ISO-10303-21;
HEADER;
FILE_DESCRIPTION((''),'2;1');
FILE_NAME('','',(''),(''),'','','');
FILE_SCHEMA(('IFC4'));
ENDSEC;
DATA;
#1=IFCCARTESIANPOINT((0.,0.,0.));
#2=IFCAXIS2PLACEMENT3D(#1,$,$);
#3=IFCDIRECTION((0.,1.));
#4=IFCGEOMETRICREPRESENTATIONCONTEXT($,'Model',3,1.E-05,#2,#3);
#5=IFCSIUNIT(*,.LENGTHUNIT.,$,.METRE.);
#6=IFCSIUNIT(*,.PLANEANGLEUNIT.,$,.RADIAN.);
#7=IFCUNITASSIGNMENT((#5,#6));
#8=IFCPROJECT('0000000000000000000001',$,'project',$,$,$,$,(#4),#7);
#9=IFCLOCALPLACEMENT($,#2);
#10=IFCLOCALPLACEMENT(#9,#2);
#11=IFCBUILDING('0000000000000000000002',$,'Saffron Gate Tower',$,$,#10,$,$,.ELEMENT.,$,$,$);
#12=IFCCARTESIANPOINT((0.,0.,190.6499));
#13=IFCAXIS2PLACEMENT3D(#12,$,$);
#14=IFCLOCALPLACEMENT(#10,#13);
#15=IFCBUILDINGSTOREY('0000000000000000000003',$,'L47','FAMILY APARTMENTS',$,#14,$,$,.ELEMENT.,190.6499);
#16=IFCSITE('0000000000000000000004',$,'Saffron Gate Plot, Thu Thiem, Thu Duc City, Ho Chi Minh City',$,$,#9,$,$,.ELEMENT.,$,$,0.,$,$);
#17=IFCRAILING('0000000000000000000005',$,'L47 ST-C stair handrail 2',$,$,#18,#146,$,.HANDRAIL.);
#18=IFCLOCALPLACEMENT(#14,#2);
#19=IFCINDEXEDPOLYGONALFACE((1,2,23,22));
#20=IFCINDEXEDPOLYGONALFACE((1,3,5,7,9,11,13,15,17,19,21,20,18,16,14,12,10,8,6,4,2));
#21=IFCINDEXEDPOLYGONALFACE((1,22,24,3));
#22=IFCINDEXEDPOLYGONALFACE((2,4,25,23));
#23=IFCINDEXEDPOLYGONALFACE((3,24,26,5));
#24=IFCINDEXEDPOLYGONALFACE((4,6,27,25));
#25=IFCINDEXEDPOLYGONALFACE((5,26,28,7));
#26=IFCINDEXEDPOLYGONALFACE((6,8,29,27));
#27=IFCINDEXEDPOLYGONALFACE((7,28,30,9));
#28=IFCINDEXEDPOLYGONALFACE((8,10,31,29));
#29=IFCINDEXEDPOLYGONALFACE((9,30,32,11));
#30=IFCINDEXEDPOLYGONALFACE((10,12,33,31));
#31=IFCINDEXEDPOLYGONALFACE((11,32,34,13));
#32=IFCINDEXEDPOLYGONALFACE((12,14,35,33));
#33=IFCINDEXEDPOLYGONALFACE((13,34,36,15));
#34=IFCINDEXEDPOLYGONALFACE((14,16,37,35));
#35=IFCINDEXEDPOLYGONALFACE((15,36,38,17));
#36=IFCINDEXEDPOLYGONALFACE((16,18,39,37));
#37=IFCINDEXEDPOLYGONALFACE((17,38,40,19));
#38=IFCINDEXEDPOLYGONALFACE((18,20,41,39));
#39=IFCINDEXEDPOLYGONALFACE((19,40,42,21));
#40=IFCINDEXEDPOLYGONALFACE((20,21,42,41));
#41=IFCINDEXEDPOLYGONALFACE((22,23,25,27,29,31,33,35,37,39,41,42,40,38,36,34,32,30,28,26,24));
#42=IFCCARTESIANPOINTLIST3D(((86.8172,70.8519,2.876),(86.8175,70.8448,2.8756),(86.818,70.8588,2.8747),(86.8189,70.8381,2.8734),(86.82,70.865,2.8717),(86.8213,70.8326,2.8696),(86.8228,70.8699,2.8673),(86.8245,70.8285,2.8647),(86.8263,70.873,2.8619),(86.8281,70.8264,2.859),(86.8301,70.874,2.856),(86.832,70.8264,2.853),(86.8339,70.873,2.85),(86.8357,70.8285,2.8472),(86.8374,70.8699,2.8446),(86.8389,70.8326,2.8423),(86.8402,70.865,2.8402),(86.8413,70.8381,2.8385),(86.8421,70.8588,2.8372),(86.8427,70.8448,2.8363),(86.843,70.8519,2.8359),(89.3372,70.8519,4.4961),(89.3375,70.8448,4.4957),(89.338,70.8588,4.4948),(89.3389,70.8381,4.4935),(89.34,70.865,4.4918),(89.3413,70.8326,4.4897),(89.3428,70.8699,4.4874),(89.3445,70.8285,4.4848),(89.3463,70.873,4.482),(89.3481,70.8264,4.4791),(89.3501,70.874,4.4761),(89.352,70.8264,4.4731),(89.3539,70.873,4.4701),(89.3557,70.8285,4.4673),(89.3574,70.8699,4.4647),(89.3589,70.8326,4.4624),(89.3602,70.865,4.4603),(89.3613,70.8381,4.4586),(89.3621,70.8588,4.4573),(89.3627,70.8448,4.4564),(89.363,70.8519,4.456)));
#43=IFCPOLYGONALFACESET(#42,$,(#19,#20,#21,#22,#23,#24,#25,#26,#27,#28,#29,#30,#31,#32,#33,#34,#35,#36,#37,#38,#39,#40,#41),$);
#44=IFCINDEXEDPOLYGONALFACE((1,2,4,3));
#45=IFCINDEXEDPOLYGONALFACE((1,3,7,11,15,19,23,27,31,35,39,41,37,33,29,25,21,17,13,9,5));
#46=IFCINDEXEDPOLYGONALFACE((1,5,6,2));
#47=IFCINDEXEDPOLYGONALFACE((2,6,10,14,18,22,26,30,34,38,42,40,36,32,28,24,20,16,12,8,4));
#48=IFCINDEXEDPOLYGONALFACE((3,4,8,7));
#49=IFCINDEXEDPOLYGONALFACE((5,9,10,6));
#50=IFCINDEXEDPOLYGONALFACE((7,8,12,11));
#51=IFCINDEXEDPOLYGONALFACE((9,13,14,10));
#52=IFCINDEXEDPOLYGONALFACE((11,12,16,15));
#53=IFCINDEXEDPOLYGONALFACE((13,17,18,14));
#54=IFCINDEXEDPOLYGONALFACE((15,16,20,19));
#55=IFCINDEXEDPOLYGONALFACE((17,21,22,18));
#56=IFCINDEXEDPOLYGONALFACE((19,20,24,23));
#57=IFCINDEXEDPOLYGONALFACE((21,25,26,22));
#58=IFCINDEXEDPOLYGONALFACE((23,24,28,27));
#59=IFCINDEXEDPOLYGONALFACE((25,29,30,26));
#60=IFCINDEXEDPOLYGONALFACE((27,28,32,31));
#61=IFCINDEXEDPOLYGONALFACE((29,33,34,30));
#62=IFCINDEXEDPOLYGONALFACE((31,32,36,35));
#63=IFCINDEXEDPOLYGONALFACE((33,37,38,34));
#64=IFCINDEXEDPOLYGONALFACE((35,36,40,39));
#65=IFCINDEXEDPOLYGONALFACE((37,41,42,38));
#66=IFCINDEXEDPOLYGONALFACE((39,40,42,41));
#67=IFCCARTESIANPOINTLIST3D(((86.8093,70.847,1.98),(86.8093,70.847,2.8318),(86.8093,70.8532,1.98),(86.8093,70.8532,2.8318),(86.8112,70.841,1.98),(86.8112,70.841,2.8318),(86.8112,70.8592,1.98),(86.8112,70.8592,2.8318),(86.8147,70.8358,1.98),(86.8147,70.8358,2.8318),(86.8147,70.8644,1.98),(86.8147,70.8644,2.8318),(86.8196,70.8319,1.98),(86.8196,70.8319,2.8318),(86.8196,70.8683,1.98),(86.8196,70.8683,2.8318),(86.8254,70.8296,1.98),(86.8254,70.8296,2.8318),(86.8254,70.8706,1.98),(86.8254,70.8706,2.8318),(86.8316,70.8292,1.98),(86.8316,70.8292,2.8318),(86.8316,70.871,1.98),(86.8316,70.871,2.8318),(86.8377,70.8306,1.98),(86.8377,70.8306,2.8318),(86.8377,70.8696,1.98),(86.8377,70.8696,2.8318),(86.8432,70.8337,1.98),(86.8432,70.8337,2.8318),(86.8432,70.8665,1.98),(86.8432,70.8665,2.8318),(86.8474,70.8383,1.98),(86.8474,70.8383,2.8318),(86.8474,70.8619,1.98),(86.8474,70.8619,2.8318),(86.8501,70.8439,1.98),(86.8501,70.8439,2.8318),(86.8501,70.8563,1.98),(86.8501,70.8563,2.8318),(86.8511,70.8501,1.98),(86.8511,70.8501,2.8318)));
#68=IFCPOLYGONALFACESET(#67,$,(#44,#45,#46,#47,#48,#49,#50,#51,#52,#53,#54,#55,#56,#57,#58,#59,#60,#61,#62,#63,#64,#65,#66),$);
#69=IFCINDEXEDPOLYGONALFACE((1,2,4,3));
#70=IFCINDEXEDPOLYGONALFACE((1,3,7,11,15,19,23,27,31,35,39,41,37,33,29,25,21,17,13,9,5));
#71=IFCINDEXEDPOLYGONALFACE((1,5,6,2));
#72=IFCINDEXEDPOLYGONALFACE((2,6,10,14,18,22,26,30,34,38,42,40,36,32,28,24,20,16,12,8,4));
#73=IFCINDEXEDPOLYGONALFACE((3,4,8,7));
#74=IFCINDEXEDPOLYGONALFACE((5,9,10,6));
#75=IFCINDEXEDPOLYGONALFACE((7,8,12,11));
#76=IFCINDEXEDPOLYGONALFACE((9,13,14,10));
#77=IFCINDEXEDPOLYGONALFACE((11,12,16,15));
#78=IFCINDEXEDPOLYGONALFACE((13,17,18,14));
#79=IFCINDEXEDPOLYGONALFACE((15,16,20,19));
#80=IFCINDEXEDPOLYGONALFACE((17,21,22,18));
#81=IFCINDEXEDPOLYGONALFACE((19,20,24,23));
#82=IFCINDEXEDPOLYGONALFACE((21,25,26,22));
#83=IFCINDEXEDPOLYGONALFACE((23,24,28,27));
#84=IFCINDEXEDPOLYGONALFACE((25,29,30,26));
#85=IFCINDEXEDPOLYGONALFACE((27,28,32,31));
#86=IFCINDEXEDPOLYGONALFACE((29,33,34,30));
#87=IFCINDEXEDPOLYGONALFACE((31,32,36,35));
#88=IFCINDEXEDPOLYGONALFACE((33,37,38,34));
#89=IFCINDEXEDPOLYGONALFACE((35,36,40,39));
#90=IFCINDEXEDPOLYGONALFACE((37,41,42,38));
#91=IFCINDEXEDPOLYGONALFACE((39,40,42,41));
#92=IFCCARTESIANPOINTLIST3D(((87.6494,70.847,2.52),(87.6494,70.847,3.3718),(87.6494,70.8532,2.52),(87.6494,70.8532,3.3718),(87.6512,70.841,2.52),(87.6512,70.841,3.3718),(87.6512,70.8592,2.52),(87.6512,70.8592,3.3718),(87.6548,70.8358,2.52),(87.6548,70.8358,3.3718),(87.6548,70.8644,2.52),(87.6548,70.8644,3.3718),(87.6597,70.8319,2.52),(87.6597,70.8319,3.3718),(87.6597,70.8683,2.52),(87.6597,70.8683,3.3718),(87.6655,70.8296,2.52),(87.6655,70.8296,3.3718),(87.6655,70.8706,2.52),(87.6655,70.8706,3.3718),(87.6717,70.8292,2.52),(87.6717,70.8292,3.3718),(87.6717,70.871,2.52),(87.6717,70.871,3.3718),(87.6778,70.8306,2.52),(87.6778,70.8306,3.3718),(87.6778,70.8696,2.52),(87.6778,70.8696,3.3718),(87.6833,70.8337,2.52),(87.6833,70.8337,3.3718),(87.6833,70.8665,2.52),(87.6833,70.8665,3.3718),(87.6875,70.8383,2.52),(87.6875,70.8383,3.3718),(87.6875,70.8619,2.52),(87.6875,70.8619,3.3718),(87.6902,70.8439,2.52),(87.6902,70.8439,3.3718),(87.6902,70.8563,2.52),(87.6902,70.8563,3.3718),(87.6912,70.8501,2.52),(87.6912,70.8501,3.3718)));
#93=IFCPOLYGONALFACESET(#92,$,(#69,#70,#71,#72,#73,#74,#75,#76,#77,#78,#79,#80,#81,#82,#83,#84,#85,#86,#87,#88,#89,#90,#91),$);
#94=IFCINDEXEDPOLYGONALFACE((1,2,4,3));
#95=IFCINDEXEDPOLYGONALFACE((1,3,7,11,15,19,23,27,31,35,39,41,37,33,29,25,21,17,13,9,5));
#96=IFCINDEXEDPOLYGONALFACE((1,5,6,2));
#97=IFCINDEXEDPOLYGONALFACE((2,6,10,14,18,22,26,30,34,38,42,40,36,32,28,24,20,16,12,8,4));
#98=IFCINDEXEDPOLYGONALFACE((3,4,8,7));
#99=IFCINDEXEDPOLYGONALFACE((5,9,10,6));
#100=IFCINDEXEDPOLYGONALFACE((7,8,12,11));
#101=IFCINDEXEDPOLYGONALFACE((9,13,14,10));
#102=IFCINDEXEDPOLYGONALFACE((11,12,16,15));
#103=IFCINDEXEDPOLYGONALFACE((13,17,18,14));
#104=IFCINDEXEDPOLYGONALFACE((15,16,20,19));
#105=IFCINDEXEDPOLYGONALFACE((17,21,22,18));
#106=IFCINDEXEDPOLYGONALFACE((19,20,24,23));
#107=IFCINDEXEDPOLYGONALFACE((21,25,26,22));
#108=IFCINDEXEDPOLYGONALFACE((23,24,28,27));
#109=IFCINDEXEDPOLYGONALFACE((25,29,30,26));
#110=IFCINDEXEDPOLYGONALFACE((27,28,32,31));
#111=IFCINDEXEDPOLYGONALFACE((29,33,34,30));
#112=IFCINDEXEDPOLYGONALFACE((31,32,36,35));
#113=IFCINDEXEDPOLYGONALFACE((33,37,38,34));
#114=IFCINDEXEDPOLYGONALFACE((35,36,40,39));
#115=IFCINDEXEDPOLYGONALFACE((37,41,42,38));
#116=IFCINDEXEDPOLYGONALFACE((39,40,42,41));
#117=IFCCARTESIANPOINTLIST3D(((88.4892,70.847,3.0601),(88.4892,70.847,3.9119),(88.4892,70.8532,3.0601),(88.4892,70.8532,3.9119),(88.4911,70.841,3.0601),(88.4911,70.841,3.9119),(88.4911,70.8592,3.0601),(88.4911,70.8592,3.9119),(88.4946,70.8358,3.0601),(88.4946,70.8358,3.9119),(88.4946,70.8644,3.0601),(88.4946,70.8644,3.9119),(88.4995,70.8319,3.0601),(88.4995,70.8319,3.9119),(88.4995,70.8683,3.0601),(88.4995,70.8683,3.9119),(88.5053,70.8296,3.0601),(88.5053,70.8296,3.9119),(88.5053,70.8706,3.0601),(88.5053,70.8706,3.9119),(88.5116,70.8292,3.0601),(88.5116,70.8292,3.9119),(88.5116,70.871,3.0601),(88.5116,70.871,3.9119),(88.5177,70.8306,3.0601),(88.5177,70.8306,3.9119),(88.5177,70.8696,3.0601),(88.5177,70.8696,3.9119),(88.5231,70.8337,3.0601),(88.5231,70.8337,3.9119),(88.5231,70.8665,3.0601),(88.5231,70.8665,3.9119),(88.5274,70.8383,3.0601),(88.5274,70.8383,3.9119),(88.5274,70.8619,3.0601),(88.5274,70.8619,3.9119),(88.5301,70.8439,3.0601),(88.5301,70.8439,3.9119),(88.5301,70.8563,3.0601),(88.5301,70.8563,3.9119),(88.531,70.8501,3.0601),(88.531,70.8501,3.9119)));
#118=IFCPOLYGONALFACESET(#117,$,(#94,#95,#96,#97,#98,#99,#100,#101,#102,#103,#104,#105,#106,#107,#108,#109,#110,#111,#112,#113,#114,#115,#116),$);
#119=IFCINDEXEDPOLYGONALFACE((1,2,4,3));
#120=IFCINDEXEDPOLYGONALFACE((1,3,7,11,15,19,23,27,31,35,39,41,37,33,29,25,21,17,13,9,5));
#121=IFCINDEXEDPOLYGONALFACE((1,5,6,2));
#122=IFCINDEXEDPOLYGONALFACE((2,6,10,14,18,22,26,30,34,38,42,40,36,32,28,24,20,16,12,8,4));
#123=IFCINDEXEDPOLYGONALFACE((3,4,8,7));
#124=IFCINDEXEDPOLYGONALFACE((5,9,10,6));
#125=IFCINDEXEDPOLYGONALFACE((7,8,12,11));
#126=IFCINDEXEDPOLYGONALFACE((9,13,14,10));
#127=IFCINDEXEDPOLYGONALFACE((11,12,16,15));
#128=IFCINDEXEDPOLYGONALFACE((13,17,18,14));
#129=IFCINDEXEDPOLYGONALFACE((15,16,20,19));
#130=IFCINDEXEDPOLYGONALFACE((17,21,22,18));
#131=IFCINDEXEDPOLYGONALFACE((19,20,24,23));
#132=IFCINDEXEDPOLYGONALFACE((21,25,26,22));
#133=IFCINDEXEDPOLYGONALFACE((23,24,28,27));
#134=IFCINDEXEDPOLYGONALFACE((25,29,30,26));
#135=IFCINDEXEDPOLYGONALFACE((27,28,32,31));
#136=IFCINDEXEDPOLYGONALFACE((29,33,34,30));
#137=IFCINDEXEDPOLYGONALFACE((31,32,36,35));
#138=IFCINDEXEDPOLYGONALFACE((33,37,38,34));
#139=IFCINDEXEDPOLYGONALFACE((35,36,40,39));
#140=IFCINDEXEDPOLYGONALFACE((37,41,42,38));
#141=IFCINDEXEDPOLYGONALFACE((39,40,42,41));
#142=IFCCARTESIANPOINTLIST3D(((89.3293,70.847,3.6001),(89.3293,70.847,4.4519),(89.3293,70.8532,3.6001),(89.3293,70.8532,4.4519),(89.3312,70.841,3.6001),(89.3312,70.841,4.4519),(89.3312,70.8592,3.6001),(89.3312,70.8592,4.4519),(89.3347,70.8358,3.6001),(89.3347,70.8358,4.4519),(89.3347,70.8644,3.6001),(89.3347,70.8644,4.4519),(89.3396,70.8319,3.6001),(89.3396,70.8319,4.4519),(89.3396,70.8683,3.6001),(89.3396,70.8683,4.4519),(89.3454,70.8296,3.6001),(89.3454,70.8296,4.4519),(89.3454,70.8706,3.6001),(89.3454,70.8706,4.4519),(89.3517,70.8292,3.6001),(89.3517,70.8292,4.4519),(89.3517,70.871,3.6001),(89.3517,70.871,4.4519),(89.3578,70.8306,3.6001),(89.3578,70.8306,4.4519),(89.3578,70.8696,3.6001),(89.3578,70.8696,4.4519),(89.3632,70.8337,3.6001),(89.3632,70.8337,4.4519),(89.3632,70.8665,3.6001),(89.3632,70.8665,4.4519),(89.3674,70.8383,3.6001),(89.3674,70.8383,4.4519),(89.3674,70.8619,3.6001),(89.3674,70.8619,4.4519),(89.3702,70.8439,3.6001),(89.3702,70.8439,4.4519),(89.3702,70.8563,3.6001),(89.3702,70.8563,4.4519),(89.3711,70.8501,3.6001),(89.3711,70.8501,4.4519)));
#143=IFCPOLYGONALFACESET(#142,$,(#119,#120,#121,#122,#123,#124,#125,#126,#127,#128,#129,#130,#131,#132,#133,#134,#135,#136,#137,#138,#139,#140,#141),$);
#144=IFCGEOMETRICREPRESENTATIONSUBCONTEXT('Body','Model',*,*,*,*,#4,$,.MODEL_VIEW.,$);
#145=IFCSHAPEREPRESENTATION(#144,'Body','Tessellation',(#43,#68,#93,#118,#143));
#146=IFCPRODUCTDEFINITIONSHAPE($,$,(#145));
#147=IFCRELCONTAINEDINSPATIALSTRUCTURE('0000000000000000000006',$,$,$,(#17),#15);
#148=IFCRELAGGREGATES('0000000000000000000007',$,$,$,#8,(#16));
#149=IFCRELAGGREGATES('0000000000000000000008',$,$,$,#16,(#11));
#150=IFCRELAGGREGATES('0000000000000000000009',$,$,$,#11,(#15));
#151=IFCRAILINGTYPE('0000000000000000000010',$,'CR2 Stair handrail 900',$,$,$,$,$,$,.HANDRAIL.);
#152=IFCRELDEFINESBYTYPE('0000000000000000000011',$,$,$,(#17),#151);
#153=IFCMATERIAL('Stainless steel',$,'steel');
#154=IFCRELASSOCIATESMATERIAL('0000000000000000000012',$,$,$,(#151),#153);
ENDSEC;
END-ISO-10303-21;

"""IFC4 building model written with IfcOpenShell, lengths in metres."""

from ifc_helpers import new_model, si_unit, direction, frame, origin, origin_2d, place, context, subcontext, project, spatial, circle, extrude, material, type_object, element, save


model = new_model("IFC4")

# Units and contexts
model_context = context("Model", 3, precision=1e-05, world=origin(), true_north=direction((0.0, 1.0)))
body_context = subcontext(model_context, "Body", "Model", "MODEL_VIEW")
ifc_project = project(units=[si_unit("LENGTHUNIT", "METRE"), si_unit("PLANEANGLEUNIT", "RADIAN")], contexts=[model_context])

# Site, building, storey
site_placement = place(None, origin())
site = spatial("IfcSite", under=ifc_project, at=site_placement, Name="Saffron Gate Plot, Thu Thiem, Thu Duc City, Ho Chi Minh City", CompositionType="ELEMENT", RefElevation=0.0)
building_placement = place(site_placement, origin())
building = spatial("IfcBuilding", under=site, at=building_placement, Name="Saffron Gate Tower", CompositionType="ELEMENT")
storey_placement = place(building_placement, frame((0.0, 0.0, 190.6499)))
storey = spatial("IfcBuildingStorey", under=building, at=storey_placement, Name="L47", Description="FAMILY APARTMENTS", CompositionType="ELEMENT", Elevation=190.6499)

# Railing
ifc_material_1 = material(Name="Stainless steel", Category="steel")
railing_type_1 = type_object("IfcRailingType", Name="CR2 Stair handrail 900", PredefinedType="HANDRAIL", material=ifc_material_1)
railing_1_placement = place(storey_placement, frame((86.8301, 70.8501, 1.98)))
element("IfcRailing", 1, at=railing_1_placement, inside=storey, type_object=railing_type_1, Name="L47 ST-C stair handrail 2", PredefinedType="HANDRAIL", context=body_context, shape_type="SweptSolid", body=[
    extrude(circle(Radius=0.0239, at=origin_2d()), frame((0.0, 0.0, 0.876), z_axis=(0.841163, 0.0, 0.540782), x_axis=(0.0, 1.0, 0.0)), (0.0, 0.0, 1.0), 2.9958),
    extrude(circle(Radius=0.021, at=origin_2d()), origin(), (0.0, 0.0, 1.0), 0.8518),
    extrude(circle(Radius=0.021, at=origin_2d()), frame((0.8401, 0.0, 0.54)), (0.0, 0.0, 1.0), 0.8518),
    extrude(circle(Radius=0.021, at=origin_2d()), frame((1.6799, 0.0, 1.0801)), (0.0, 0.0, 1.0), 0.8518),
    extrude(circle(Radius=0.021, at=origin_2d()), frame((2.52, 0.0, 1.6201)), (0.0, 0.0, 1.0), 0.8518),
])

save(model, "model.ifc")
